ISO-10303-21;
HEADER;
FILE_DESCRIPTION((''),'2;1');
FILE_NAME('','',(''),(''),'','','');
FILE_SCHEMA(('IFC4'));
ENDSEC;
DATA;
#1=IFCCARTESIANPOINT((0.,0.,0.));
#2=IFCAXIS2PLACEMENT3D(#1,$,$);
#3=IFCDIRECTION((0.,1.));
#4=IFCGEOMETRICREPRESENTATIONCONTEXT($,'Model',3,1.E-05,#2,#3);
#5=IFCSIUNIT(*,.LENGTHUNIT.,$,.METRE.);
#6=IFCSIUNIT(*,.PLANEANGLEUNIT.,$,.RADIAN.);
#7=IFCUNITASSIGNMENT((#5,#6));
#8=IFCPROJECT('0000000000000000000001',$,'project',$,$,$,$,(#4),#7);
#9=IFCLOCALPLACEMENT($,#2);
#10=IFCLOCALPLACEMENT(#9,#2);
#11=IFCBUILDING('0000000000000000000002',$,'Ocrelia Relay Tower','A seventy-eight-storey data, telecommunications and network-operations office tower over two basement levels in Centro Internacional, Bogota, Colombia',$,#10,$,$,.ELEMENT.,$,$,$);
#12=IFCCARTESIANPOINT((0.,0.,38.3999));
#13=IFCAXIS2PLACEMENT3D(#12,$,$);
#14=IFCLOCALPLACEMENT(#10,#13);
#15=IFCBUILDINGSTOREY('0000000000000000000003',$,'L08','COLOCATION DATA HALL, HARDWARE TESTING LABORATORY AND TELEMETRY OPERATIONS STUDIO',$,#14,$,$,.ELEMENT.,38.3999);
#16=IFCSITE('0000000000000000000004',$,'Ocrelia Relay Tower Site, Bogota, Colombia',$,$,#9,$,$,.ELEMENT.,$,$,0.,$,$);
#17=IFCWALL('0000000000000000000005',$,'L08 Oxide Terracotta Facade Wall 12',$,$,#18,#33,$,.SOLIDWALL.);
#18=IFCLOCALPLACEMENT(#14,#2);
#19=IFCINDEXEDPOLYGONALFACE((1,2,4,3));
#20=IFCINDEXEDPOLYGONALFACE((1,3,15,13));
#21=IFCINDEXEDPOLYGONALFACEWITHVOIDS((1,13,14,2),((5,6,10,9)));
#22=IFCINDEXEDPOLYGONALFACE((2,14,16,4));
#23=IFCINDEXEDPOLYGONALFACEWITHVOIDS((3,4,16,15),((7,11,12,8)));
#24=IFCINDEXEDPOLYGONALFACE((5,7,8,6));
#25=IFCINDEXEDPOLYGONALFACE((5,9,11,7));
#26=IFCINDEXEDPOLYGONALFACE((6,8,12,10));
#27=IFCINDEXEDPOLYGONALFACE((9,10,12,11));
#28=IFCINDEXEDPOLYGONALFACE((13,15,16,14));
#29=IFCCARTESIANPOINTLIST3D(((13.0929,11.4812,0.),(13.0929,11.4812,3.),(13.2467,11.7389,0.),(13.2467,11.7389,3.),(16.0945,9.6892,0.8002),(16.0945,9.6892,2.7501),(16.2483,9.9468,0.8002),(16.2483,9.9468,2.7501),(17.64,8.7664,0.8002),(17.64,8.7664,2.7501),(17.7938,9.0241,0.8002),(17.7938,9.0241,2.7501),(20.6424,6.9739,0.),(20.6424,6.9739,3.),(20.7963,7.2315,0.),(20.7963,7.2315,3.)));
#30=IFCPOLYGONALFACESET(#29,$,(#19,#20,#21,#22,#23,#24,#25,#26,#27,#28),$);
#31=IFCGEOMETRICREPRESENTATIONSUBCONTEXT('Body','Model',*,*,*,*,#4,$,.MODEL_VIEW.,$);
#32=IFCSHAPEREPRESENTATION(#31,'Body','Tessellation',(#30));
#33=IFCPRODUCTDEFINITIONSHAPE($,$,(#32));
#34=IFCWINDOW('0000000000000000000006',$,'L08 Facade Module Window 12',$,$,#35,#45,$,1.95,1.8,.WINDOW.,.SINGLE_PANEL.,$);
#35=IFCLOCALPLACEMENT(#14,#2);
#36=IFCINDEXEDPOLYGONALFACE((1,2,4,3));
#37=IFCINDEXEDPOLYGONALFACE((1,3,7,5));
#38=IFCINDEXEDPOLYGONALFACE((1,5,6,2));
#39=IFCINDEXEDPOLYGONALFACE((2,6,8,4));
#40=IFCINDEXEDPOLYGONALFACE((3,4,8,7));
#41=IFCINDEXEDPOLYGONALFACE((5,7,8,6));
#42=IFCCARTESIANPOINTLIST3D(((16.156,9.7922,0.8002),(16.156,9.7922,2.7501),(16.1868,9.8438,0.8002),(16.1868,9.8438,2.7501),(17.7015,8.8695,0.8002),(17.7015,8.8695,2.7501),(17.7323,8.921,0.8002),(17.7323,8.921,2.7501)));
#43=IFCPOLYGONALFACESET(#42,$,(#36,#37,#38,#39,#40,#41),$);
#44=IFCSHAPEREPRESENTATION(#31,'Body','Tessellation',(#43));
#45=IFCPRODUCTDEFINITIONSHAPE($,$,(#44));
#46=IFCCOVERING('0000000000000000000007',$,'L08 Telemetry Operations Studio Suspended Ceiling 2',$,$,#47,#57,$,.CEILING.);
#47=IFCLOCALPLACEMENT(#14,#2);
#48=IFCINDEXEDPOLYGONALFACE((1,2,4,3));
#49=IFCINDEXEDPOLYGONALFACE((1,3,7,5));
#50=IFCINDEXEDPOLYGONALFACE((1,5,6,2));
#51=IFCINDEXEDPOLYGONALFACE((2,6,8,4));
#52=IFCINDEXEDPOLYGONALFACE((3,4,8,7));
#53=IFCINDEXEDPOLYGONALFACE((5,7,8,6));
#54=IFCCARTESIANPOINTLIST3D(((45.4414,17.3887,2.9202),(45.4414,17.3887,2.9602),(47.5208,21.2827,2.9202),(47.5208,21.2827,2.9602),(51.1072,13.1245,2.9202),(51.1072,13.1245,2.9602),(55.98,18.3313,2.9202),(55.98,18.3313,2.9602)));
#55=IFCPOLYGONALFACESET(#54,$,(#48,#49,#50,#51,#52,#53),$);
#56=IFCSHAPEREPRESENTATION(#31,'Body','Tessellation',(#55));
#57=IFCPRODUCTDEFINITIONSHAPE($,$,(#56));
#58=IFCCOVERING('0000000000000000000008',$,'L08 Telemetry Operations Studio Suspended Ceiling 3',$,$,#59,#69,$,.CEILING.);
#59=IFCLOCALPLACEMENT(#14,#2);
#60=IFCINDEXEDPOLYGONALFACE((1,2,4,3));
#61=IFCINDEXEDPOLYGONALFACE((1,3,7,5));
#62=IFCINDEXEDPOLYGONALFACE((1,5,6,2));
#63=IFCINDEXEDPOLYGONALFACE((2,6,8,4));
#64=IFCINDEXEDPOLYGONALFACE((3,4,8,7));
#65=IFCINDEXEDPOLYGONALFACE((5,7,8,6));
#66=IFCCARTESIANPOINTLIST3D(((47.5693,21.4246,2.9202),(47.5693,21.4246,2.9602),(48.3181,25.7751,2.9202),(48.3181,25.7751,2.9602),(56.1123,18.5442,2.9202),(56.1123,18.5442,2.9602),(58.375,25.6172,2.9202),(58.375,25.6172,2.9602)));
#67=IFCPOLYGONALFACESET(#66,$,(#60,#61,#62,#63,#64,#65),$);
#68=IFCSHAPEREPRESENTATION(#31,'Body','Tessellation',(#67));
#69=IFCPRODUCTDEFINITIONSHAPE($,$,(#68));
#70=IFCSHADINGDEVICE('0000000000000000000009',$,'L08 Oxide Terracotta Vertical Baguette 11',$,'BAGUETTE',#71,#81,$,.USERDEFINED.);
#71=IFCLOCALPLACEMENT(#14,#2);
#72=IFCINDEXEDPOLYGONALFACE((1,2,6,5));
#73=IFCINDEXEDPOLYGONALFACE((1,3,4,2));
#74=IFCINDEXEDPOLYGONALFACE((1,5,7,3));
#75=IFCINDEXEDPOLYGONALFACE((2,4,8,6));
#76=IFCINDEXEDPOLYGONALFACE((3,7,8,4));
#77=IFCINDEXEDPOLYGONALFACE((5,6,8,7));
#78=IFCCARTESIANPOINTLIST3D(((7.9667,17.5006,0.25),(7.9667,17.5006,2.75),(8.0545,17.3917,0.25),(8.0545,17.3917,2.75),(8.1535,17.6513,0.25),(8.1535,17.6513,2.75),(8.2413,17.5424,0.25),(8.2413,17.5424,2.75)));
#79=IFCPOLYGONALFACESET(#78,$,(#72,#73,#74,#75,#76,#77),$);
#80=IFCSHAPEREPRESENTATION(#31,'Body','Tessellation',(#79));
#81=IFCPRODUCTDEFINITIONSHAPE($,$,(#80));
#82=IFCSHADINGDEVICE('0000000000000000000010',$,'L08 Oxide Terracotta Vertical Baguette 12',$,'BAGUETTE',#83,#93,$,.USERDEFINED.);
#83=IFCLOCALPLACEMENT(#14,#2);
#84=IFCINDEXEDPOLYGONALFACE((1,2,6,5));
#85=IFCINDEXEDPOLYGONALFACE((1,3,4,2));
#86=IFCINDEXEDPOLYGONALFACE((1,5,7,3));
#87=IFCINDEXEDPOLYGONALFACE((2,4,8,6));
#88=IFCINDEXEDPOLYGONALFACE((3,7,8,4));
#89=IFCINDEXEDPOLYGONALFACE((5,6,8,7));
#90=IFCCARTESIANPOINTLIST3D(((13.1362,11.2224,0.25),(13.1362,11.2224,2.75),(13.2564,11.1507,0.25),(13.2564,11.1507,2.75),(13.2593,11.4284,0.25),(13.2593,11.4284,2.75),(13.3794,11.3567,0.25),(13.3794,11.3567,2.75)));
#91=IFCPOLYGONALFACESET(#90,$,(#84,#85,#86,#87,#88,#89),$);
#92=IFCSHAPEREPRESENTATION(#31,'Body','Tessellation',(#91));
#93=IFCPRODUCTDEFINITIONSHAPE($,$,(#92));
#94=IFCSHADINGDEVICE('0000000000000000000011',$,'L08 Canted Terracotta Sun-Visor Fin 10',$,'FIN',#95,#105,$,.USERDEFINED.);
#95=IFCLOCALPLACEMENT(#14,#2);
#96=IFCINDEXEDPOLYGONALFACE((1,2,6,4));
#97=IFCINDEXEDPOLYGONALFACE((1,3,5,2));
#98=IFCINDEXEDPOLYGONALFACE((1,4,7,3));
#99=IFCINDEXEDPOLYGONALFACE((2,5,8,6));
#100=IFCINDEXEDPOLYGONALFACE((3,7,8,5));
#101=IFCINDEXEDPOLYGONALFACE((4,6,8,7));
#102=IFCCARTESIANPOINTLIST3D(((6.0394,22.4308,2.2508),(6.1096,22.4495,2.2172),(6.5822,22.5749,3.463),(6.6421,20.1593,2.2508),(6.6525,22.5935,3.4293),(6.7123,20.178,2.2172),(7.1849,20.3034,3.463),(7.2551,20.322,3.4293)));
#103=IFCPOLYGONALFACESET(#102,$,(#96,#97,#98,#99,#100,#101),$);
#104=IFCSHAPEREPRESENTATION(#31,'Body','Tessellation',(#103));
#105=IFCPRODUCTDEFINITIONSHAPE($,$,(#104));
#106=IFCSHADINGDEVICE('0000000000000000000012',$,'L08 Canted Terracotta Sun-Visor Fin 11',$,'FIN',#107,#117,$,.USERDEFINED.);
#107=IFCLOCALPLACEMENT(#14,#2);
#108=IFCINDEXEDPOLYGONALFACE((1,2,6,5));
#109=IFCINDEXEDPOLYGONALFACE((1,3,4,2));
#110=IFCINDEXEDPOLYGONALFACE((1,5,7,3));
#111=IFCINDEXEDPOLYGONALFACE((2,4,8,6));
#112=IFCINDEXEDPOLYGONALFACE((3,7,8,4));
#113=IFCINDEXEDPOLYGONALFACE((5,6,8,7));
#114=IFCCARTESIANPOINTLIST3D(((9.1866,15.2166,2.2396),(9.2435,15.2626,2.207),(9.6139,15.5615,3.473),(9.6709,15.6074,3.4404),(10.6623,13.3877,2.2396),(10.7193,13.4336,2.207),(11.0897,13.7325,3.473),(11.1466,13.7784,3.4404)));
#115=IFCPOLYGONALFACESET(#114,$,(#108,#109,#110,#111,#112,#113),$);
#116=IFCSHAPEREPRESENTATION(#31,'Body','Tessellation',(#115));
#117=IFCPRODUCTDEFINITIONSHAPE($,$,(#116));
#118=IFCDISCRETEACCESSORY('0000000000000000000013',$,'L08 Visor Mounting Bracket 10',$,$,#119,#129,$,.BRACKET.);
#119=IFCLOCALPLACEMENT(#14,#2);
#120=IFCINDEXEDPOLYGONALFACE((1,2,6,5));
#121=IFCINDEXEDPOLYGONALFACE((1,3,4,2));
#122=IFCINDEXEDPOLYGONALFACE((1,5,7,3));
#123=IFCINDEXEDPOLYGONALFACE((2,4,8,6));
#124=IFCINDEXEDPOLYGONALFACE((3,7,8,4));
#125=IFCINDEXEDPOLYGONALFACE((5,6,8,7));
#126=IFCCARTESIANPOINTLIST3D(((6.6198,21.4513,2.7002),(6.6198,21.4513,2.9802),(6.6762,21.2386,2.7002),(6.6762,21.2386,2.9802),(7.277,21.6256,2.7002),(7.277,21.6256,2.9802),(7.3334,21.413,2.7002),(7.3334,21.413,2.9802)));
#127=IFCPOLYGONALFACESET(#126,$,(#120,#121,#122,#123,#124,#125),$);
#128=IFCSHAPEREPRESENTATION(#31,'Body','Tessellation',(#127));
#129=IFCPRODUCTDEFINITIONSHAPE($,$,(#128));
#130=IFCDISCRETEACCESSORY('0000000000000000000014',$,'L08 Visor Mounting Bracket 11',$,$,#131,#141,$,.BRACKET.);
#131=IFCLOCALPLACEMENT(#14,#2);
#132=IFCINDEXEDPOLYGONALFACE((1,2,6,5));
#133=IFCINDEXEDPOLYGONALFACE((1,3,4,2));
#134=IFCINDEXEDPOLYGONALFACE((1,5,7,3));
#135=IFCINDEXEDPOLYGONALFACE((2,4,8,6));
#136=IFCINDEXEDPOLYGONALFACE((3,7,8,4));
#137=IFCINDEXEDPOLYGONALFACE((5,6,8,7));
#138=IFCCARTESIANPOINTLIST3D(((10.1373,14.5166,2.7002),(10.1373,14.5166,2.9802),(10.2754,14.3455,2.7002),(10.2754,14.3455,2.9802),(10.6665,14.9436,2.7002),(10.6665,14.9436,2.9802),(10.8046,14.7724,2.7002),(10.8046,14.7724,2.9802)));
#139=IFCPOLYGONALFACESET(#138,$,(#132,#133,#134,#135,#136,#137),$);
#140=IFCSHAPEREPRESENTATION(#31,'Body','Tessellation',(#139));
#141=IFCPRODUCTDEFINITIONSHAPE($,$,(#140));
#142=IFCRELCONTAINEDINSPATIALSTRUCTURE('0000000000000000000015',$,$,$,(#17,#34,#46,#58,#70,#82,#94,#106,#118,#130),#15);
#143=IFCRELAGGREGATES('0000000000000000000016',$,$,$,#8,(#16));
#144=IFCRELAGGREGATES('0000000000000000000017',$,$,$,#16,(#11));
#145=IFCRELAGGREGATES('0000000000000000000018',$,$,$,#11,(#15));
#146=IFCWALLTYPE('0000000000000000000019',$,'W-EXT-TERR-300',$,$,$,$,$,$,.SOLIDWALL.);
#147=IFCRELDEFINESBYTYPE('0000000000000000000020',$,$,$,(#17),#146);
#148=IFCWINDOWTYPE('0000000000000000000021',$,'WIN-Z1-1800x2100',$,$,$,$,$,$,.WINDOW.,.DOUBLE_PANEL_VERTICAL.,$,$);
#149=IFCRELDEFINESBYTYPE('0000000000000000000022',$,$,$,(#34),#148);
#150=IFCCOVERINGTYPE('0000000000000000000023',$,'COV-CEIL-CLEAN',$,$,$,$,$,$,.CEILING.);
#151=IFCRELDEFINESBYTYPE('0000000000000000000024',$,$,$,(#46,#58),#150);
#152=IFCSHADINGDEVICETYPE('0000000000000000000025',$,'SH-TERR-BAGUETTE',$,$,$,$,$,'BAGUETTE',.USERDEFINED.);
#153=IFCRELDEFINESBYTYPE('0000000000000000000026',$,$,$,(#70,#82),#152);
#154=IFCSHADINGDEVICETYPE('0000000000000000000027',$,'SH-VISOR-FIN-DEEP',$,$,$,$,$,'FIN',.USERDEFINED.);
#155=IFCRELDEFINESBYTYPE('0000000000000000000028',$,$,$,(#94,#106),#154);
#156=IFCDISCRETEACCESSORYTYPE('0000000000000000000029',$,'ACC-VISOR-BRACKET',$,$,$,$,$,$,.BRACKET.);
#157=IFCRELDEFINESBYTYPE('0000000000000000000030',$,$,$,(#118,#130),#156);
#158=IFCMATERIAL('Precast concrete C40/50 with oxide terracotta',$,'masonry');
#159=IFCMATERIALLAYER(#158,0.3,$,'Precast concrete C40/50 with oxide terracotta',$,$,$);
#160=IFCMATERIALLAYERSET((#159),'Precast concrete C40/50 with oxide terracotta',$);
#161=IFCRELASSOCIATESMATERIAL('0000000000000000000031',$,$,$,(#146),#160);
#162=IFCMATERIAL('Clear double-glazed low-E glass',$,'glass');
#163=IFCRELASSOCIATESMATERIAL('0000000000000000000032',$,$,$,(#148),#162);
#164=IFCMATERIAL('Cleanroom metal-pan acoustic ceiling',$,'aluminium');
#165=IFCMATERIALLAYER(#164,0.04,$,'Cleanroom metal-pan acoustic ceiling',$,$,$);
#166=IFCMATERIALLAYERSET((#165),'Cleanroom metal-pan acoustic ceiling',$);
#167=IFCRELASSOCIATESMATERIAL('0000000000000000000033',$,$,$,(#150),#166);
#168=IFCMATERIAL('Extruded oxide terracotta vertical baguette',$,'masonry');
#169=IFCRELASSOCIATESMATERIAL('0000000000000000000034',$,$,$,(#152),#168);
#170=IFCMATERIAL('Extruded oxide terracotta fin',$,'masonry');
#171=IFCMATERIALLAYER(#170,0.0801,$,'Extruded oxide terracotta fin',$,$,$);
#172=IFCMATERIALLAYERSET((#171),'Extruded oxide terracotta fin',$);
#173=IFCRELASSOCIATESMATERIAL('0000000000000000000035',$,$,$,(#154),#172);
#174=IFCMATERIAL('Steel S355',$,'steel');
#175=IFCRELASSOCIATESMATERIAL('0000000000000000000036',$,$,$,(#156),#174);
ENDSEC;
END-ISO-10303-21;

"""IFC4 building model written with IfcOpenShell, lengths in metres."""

from ifc_helpers import new_model, si_unit, direction, frame, frame_2d, origin, origin_2d, place, context, subcontext, project, spatial, polyline, rectangle, outline, extrude, material, layer, layer_set, type_object, element, fill, save


model = new_model("IFC4")

# Units and contexts
model_context = context("Model", 3, precision=1e-05, world=origin(), true_north=direction((0.0, 1.0)))
body_context = subcontext(model_context, "Body", "Model", "MODEL_VIEW")
ifc_project = project(units=[si_unit("LENGTHUNIT", "METRE"), si_unit("PLANEANGLEUNIT", "RADIAN")], contexts=[model_context])

# Site, building, storey
site_placement = place(None, origin())
site = spatial("IfcSite", under=ifc_project, at=site_placement, Name="Ocrelia Relay Tower Site, Bogota, Colombia", CompositionType="ELEMENT", RefElevation=0.0)
building_placement = place(site_placement, origin())
building = spatial("IfcBuilding", under=site, at=building_placement, Name="Ocrelia Relay Tower", Description="A seventy-eight-storey data, telecommunications and network-operations office tower over two basement levels in Centro Internacional, Bogota, Colombia", CompositionType="ELEMENT")
storey_placement = place(building_placement, frame((0.0, 0.0, 38.3999)))
storey = spatial("IfcBuildingStorey", under=building, at=storey_placement, Name="L08", Description="COLOCATION DATA HALL, HARDWARE TESTING LABORATORY AND TELEMETRY OPERATIONS STUDIO", CompositionType="ELEMENT", Elevation=38.3999)

# Shared definitions
ifc_material_1 = material(Name="Clear double-glazed low-E glass", Category="glass")

# Wall, opening, window
ifc_material_2 = material(Name="Precast concrete C40/50 with oxide terracotta", Category="masonry")
ifc_layer_1 = layer(ifc_material_2, 0.3, Name="Precast concrete C40/50 with oxide terracotta")
ifc_layer_set_1 = layer_set([ifc_layer_1], Name="Precast concrete C40/50 with oxide terracotta")
wall_type = type_object("IfcWallType", Name="W-EXT-TERR-300", PredefinedType="SOLIDWALL", material=ifc_layer_set_1)
window_type = type_object("IfcWindowType", Name="WIN-Z1-1800x2100", PartitioningType="DOUBLE_PANEL_VERTICAL", PredefinedType="WINDOW", material=ifc_material_1)
wall_1_placement = place(storey_placement, frame((13.1697, 11.6101, 0.0), z_axis=(0.0, 0.0, 1.0), x_axis=(0.858615, -0.51262, 0.0)))
wall_1 = element("IfcWall", 1, at=wall_1_placement, inside=storey, type_object=wall_type, Name="L08 Oxide Terracotta Facade Wall 12", PredefinedType="SOLIDWALL", context=body_context, shape_type="SweptSolid", body=[
    extrude(rectangle(XDim=8.7927, YDim=0.3, at=frame_2d((4.3965, 0.0))), origin(), (0.0, 0.0, 1.0), 3.0),
])
opening_1_placement = place(wall_1_placement, frame((3.4961, 0.0, 0.8)))
opening_1 = element("IfcOpeningElement", 2, at=opening_1_placement, cuts=wall_1, PredefinedType="OPENING", context=body_context, shape_type="SweptSolid", body=[
    extrude(rectangle(XDim=1.8, YDim=1.95, at=frame_2d((0.8999, 0.9751))), frame((0.0, 0.1602, 0.0), z_axis=(0.0, -1.0, 0.0), x_axis=(1.0, 0.0, 0.0)), (0.0, 0.0, 1.0), 0.3201),
])
window_1_placement = place(opening_1_placement, origin())
window_1 = element("IfcWindow", 3, at=window_1_placement, inside=storey, type_object=window_type, Name="L08 Facade Module Window 12", OverallHeight=1.95, OverallWidth=1.8, PartitioningType="SINGLE_PANEL", PredefinedType="WINDOW", context=body_context, shape_type="SweptSolid", body=[
    extrude(rectangle(XDim=1.8, YDim=1.95, at=frame_2d((0.8999, 0.9751))), frame((0.0, 0.03, 0.0), z_axis=(0.0, -1.0, 0.0), x_axis=(1.0, 0.0, 0.0)), (0.0, 0.0, 1.0), 0.0601),
])
fill(opening_1, window_1)

# Coverings
ifc_material_3 = material(Name="Cleanroom metal-pan acoustic ceiling", Category="aluminium")
ifc_layer_2 = layer(ifc_material_3, 0.04, Name="Cleanroom metal-pan acoustic ceiling")
ifc_layer_set_2 = layer_set([ifc_layer_2], Name="Cleanroom metal-pan acoustic ceiling")
covering_type = type_object("IfcCoveringType", Name="COV-CEIL-CLEAN", PredefinedType="CEILING", material=ifc_layer_set_2)
covering_1_placement = place(storey_placement, frame((0.0, 0.0, 2.9202)))
element("IfcCovering", 4, at=covering_1_placement, inside=storey, type_object=covering_type, Name="L08 Telemetry Operations Studio Suspended Ceiling 2", PredefinedType="CEILING", context=body_context, shape_type="SweptSolid", body=[
    extrude(outline(polyline([(45.4414, 17.3887), (51.1072, 13.1245), (55.98, 18.3313), (47.5208, 21.2827), (45.4414, 17.3887)])), origin(), (0.0, 0.0, 1.0), 0.04),
])
covering_2_placement = place(storey_placement, frame((0.0, 0.0, 2.9202)))
element("IfcCovering", 5, at=covering_2_placement, inside=storey, type_object=covering_type, Name="L08 Telemetry Operations Studio Suspended Ceiling 3", PredefinedType="CEILING", context=body_context, shape_type="SweptSolid", body=[
    extrude(outline(polyline([(47.5693, 21.4246), (56.1123, 18.5442), (58.375, 25.6172), (48.3181, 25.7751), (47.5693, 21.4246)])), origin(), (0.0, 0.0, 1.0), 0.04),
])

# Shading devices
ifc_material_4 = material(Name="Extruded oxide terracotta vertical baguette", Category="masonry")
shading_device_type_1 = type_object("IfcShadingDeviceType", Name="SH-TERR-BAGUETTE", ElementType="BAGUETTE", PredefinedType="USERDEFINED", material=ifc_material_4)
for number, where, z_axis, x_axis, name in (
    (6, (8.104, 17.5215, 0.25), (0.0, 0.0, 1.0), (0.627961, -0.778245, 0.0), "L08 Oxide Terracotta Vertical Baguette 11"),
    (7, (13.2578, 11.2896, 0.25), (0.0, 0.0, 1.0), (0.858623, -0.512608, 0.0), "L08 Oxide Terracotta Vertical Baguette 12"),
):
    element("IfcShadingDevice", number, at=place(storey_placement, frame(where, z_axis=z_axis, x_axis=x_axis)), inside=storey, type_object=shading_device_type_1, Name=name, ObjectType="BAGUETTE", PredefinedType="USERDEFINED", context=body_context, shape_type="SweptSolid", body=[
        extrude(rectangle(XDim=0.1399, YDim=0.24, at=origin_2d()), origin(), (0.0, 0.0, 1.0), 2.5),
    ])
ifc_material_5 = material(Name="Extruded oxide terracotta fin", Category="masonry")
ifc_layer_3 = layer(ifc_material_5, 0.0801, Name="Extruded oxide terracotta fin")
ifc_layer_set_3 = layer_set([ifc_layer_3], Name="Extruded oxide terracotta fin")
shading_device_type_2 = type_object("IfcShadingDeviceType", Name="SH-VISOR-FIN-DEEP", ElementType="FIN", PredefinedType="USERDEFINED", material=ifc_layer_set_3)
shading_device_1_placement = place(storey_placement, frame((6.6824, 21.3857, 2.8232), z_axis=(-0.876994, -0.232688, 0.420402), x_axis=(0.256451, -0.966557, 0.0)))
element("IfcShadingDevice", 8, at=shading_device_1_placement, inside=storey, type_object=shading_device_type_2, Name="L08 Canted Terracotta Sun-Visor Fin 10", ObjectType="FIN", PredefinedType="USERDEFINED", context=body_context, shape_type="SweptSolid", body=[
    extrude(rectangle(XDim=2.3501, YDim=1.3359, at=origin_2d()), origin(), (0.0, 0.0, 1.0), 0.0801),
])
shading_device_2_placement = place(storey_placement, frame((10.1951, 14.5205, 2.8237), z_axis=(-0.710962, -0.573671, 0.406737), x_axis=(0.627961, -0.778245, 0.0)))
element("IfcShadingDevice", 9, at=shading_device_2_placement, inside=storey, type_object=shading_device_type_2, Name="L08 Canted Terracotta Sun-Visor Fin 11", ObjectType="FIN", PredefinedType="USERDEFINED", context=body_context, shape_type="SweptSolid", body=[
    extrude(rectangle(XDim=2.3501, YDim=1.3501, at=origin_2d()), origin(), (0.0, 0.0, 1.0), 0.0801),
])

# Discrete accessories
ifc_material_6 = material(Name="Steel S355", Category="steel")
discrete_accessory_type = type_object("IfcDiscreteAccessoryType", Name="ACC-VISOR-BRACKET", PredefinedType="BRACKET", material=ifc_material_6)
for number, where, z_axis, x_axis, name in (
    (10, (6.9766, 21.4321, 2.7002), (0.0, 0.0, 1.0), (0.256451, -0.966557, 0.0), "L08 Visor Mounting Bracket 10"),
    (11, (10.4709, 14.6445, 2.7002), (0.0, 0.0, 1.0), (0.627961, -0.778245, 0.0), "L08 Visor Mounting Bracket 11"),
):
    element("IfcDiscreteAccessory", number, at=place(storey_placement, frame(where, z_axis=z_axis, x_axis=x_axis)), inside=storey, type_object=discrete_accessory_type, Name=name, PredefinedType="BRACKET", context=body_context, shape_type="SweptSolid", body=[
        extrude(rectangle(XDim=0.22, YDim=0.6799, at=origin_2d()), origin(), (0.0, 0.0, 1.0), 0.28),
    ])

save(model, "model.ifc")
